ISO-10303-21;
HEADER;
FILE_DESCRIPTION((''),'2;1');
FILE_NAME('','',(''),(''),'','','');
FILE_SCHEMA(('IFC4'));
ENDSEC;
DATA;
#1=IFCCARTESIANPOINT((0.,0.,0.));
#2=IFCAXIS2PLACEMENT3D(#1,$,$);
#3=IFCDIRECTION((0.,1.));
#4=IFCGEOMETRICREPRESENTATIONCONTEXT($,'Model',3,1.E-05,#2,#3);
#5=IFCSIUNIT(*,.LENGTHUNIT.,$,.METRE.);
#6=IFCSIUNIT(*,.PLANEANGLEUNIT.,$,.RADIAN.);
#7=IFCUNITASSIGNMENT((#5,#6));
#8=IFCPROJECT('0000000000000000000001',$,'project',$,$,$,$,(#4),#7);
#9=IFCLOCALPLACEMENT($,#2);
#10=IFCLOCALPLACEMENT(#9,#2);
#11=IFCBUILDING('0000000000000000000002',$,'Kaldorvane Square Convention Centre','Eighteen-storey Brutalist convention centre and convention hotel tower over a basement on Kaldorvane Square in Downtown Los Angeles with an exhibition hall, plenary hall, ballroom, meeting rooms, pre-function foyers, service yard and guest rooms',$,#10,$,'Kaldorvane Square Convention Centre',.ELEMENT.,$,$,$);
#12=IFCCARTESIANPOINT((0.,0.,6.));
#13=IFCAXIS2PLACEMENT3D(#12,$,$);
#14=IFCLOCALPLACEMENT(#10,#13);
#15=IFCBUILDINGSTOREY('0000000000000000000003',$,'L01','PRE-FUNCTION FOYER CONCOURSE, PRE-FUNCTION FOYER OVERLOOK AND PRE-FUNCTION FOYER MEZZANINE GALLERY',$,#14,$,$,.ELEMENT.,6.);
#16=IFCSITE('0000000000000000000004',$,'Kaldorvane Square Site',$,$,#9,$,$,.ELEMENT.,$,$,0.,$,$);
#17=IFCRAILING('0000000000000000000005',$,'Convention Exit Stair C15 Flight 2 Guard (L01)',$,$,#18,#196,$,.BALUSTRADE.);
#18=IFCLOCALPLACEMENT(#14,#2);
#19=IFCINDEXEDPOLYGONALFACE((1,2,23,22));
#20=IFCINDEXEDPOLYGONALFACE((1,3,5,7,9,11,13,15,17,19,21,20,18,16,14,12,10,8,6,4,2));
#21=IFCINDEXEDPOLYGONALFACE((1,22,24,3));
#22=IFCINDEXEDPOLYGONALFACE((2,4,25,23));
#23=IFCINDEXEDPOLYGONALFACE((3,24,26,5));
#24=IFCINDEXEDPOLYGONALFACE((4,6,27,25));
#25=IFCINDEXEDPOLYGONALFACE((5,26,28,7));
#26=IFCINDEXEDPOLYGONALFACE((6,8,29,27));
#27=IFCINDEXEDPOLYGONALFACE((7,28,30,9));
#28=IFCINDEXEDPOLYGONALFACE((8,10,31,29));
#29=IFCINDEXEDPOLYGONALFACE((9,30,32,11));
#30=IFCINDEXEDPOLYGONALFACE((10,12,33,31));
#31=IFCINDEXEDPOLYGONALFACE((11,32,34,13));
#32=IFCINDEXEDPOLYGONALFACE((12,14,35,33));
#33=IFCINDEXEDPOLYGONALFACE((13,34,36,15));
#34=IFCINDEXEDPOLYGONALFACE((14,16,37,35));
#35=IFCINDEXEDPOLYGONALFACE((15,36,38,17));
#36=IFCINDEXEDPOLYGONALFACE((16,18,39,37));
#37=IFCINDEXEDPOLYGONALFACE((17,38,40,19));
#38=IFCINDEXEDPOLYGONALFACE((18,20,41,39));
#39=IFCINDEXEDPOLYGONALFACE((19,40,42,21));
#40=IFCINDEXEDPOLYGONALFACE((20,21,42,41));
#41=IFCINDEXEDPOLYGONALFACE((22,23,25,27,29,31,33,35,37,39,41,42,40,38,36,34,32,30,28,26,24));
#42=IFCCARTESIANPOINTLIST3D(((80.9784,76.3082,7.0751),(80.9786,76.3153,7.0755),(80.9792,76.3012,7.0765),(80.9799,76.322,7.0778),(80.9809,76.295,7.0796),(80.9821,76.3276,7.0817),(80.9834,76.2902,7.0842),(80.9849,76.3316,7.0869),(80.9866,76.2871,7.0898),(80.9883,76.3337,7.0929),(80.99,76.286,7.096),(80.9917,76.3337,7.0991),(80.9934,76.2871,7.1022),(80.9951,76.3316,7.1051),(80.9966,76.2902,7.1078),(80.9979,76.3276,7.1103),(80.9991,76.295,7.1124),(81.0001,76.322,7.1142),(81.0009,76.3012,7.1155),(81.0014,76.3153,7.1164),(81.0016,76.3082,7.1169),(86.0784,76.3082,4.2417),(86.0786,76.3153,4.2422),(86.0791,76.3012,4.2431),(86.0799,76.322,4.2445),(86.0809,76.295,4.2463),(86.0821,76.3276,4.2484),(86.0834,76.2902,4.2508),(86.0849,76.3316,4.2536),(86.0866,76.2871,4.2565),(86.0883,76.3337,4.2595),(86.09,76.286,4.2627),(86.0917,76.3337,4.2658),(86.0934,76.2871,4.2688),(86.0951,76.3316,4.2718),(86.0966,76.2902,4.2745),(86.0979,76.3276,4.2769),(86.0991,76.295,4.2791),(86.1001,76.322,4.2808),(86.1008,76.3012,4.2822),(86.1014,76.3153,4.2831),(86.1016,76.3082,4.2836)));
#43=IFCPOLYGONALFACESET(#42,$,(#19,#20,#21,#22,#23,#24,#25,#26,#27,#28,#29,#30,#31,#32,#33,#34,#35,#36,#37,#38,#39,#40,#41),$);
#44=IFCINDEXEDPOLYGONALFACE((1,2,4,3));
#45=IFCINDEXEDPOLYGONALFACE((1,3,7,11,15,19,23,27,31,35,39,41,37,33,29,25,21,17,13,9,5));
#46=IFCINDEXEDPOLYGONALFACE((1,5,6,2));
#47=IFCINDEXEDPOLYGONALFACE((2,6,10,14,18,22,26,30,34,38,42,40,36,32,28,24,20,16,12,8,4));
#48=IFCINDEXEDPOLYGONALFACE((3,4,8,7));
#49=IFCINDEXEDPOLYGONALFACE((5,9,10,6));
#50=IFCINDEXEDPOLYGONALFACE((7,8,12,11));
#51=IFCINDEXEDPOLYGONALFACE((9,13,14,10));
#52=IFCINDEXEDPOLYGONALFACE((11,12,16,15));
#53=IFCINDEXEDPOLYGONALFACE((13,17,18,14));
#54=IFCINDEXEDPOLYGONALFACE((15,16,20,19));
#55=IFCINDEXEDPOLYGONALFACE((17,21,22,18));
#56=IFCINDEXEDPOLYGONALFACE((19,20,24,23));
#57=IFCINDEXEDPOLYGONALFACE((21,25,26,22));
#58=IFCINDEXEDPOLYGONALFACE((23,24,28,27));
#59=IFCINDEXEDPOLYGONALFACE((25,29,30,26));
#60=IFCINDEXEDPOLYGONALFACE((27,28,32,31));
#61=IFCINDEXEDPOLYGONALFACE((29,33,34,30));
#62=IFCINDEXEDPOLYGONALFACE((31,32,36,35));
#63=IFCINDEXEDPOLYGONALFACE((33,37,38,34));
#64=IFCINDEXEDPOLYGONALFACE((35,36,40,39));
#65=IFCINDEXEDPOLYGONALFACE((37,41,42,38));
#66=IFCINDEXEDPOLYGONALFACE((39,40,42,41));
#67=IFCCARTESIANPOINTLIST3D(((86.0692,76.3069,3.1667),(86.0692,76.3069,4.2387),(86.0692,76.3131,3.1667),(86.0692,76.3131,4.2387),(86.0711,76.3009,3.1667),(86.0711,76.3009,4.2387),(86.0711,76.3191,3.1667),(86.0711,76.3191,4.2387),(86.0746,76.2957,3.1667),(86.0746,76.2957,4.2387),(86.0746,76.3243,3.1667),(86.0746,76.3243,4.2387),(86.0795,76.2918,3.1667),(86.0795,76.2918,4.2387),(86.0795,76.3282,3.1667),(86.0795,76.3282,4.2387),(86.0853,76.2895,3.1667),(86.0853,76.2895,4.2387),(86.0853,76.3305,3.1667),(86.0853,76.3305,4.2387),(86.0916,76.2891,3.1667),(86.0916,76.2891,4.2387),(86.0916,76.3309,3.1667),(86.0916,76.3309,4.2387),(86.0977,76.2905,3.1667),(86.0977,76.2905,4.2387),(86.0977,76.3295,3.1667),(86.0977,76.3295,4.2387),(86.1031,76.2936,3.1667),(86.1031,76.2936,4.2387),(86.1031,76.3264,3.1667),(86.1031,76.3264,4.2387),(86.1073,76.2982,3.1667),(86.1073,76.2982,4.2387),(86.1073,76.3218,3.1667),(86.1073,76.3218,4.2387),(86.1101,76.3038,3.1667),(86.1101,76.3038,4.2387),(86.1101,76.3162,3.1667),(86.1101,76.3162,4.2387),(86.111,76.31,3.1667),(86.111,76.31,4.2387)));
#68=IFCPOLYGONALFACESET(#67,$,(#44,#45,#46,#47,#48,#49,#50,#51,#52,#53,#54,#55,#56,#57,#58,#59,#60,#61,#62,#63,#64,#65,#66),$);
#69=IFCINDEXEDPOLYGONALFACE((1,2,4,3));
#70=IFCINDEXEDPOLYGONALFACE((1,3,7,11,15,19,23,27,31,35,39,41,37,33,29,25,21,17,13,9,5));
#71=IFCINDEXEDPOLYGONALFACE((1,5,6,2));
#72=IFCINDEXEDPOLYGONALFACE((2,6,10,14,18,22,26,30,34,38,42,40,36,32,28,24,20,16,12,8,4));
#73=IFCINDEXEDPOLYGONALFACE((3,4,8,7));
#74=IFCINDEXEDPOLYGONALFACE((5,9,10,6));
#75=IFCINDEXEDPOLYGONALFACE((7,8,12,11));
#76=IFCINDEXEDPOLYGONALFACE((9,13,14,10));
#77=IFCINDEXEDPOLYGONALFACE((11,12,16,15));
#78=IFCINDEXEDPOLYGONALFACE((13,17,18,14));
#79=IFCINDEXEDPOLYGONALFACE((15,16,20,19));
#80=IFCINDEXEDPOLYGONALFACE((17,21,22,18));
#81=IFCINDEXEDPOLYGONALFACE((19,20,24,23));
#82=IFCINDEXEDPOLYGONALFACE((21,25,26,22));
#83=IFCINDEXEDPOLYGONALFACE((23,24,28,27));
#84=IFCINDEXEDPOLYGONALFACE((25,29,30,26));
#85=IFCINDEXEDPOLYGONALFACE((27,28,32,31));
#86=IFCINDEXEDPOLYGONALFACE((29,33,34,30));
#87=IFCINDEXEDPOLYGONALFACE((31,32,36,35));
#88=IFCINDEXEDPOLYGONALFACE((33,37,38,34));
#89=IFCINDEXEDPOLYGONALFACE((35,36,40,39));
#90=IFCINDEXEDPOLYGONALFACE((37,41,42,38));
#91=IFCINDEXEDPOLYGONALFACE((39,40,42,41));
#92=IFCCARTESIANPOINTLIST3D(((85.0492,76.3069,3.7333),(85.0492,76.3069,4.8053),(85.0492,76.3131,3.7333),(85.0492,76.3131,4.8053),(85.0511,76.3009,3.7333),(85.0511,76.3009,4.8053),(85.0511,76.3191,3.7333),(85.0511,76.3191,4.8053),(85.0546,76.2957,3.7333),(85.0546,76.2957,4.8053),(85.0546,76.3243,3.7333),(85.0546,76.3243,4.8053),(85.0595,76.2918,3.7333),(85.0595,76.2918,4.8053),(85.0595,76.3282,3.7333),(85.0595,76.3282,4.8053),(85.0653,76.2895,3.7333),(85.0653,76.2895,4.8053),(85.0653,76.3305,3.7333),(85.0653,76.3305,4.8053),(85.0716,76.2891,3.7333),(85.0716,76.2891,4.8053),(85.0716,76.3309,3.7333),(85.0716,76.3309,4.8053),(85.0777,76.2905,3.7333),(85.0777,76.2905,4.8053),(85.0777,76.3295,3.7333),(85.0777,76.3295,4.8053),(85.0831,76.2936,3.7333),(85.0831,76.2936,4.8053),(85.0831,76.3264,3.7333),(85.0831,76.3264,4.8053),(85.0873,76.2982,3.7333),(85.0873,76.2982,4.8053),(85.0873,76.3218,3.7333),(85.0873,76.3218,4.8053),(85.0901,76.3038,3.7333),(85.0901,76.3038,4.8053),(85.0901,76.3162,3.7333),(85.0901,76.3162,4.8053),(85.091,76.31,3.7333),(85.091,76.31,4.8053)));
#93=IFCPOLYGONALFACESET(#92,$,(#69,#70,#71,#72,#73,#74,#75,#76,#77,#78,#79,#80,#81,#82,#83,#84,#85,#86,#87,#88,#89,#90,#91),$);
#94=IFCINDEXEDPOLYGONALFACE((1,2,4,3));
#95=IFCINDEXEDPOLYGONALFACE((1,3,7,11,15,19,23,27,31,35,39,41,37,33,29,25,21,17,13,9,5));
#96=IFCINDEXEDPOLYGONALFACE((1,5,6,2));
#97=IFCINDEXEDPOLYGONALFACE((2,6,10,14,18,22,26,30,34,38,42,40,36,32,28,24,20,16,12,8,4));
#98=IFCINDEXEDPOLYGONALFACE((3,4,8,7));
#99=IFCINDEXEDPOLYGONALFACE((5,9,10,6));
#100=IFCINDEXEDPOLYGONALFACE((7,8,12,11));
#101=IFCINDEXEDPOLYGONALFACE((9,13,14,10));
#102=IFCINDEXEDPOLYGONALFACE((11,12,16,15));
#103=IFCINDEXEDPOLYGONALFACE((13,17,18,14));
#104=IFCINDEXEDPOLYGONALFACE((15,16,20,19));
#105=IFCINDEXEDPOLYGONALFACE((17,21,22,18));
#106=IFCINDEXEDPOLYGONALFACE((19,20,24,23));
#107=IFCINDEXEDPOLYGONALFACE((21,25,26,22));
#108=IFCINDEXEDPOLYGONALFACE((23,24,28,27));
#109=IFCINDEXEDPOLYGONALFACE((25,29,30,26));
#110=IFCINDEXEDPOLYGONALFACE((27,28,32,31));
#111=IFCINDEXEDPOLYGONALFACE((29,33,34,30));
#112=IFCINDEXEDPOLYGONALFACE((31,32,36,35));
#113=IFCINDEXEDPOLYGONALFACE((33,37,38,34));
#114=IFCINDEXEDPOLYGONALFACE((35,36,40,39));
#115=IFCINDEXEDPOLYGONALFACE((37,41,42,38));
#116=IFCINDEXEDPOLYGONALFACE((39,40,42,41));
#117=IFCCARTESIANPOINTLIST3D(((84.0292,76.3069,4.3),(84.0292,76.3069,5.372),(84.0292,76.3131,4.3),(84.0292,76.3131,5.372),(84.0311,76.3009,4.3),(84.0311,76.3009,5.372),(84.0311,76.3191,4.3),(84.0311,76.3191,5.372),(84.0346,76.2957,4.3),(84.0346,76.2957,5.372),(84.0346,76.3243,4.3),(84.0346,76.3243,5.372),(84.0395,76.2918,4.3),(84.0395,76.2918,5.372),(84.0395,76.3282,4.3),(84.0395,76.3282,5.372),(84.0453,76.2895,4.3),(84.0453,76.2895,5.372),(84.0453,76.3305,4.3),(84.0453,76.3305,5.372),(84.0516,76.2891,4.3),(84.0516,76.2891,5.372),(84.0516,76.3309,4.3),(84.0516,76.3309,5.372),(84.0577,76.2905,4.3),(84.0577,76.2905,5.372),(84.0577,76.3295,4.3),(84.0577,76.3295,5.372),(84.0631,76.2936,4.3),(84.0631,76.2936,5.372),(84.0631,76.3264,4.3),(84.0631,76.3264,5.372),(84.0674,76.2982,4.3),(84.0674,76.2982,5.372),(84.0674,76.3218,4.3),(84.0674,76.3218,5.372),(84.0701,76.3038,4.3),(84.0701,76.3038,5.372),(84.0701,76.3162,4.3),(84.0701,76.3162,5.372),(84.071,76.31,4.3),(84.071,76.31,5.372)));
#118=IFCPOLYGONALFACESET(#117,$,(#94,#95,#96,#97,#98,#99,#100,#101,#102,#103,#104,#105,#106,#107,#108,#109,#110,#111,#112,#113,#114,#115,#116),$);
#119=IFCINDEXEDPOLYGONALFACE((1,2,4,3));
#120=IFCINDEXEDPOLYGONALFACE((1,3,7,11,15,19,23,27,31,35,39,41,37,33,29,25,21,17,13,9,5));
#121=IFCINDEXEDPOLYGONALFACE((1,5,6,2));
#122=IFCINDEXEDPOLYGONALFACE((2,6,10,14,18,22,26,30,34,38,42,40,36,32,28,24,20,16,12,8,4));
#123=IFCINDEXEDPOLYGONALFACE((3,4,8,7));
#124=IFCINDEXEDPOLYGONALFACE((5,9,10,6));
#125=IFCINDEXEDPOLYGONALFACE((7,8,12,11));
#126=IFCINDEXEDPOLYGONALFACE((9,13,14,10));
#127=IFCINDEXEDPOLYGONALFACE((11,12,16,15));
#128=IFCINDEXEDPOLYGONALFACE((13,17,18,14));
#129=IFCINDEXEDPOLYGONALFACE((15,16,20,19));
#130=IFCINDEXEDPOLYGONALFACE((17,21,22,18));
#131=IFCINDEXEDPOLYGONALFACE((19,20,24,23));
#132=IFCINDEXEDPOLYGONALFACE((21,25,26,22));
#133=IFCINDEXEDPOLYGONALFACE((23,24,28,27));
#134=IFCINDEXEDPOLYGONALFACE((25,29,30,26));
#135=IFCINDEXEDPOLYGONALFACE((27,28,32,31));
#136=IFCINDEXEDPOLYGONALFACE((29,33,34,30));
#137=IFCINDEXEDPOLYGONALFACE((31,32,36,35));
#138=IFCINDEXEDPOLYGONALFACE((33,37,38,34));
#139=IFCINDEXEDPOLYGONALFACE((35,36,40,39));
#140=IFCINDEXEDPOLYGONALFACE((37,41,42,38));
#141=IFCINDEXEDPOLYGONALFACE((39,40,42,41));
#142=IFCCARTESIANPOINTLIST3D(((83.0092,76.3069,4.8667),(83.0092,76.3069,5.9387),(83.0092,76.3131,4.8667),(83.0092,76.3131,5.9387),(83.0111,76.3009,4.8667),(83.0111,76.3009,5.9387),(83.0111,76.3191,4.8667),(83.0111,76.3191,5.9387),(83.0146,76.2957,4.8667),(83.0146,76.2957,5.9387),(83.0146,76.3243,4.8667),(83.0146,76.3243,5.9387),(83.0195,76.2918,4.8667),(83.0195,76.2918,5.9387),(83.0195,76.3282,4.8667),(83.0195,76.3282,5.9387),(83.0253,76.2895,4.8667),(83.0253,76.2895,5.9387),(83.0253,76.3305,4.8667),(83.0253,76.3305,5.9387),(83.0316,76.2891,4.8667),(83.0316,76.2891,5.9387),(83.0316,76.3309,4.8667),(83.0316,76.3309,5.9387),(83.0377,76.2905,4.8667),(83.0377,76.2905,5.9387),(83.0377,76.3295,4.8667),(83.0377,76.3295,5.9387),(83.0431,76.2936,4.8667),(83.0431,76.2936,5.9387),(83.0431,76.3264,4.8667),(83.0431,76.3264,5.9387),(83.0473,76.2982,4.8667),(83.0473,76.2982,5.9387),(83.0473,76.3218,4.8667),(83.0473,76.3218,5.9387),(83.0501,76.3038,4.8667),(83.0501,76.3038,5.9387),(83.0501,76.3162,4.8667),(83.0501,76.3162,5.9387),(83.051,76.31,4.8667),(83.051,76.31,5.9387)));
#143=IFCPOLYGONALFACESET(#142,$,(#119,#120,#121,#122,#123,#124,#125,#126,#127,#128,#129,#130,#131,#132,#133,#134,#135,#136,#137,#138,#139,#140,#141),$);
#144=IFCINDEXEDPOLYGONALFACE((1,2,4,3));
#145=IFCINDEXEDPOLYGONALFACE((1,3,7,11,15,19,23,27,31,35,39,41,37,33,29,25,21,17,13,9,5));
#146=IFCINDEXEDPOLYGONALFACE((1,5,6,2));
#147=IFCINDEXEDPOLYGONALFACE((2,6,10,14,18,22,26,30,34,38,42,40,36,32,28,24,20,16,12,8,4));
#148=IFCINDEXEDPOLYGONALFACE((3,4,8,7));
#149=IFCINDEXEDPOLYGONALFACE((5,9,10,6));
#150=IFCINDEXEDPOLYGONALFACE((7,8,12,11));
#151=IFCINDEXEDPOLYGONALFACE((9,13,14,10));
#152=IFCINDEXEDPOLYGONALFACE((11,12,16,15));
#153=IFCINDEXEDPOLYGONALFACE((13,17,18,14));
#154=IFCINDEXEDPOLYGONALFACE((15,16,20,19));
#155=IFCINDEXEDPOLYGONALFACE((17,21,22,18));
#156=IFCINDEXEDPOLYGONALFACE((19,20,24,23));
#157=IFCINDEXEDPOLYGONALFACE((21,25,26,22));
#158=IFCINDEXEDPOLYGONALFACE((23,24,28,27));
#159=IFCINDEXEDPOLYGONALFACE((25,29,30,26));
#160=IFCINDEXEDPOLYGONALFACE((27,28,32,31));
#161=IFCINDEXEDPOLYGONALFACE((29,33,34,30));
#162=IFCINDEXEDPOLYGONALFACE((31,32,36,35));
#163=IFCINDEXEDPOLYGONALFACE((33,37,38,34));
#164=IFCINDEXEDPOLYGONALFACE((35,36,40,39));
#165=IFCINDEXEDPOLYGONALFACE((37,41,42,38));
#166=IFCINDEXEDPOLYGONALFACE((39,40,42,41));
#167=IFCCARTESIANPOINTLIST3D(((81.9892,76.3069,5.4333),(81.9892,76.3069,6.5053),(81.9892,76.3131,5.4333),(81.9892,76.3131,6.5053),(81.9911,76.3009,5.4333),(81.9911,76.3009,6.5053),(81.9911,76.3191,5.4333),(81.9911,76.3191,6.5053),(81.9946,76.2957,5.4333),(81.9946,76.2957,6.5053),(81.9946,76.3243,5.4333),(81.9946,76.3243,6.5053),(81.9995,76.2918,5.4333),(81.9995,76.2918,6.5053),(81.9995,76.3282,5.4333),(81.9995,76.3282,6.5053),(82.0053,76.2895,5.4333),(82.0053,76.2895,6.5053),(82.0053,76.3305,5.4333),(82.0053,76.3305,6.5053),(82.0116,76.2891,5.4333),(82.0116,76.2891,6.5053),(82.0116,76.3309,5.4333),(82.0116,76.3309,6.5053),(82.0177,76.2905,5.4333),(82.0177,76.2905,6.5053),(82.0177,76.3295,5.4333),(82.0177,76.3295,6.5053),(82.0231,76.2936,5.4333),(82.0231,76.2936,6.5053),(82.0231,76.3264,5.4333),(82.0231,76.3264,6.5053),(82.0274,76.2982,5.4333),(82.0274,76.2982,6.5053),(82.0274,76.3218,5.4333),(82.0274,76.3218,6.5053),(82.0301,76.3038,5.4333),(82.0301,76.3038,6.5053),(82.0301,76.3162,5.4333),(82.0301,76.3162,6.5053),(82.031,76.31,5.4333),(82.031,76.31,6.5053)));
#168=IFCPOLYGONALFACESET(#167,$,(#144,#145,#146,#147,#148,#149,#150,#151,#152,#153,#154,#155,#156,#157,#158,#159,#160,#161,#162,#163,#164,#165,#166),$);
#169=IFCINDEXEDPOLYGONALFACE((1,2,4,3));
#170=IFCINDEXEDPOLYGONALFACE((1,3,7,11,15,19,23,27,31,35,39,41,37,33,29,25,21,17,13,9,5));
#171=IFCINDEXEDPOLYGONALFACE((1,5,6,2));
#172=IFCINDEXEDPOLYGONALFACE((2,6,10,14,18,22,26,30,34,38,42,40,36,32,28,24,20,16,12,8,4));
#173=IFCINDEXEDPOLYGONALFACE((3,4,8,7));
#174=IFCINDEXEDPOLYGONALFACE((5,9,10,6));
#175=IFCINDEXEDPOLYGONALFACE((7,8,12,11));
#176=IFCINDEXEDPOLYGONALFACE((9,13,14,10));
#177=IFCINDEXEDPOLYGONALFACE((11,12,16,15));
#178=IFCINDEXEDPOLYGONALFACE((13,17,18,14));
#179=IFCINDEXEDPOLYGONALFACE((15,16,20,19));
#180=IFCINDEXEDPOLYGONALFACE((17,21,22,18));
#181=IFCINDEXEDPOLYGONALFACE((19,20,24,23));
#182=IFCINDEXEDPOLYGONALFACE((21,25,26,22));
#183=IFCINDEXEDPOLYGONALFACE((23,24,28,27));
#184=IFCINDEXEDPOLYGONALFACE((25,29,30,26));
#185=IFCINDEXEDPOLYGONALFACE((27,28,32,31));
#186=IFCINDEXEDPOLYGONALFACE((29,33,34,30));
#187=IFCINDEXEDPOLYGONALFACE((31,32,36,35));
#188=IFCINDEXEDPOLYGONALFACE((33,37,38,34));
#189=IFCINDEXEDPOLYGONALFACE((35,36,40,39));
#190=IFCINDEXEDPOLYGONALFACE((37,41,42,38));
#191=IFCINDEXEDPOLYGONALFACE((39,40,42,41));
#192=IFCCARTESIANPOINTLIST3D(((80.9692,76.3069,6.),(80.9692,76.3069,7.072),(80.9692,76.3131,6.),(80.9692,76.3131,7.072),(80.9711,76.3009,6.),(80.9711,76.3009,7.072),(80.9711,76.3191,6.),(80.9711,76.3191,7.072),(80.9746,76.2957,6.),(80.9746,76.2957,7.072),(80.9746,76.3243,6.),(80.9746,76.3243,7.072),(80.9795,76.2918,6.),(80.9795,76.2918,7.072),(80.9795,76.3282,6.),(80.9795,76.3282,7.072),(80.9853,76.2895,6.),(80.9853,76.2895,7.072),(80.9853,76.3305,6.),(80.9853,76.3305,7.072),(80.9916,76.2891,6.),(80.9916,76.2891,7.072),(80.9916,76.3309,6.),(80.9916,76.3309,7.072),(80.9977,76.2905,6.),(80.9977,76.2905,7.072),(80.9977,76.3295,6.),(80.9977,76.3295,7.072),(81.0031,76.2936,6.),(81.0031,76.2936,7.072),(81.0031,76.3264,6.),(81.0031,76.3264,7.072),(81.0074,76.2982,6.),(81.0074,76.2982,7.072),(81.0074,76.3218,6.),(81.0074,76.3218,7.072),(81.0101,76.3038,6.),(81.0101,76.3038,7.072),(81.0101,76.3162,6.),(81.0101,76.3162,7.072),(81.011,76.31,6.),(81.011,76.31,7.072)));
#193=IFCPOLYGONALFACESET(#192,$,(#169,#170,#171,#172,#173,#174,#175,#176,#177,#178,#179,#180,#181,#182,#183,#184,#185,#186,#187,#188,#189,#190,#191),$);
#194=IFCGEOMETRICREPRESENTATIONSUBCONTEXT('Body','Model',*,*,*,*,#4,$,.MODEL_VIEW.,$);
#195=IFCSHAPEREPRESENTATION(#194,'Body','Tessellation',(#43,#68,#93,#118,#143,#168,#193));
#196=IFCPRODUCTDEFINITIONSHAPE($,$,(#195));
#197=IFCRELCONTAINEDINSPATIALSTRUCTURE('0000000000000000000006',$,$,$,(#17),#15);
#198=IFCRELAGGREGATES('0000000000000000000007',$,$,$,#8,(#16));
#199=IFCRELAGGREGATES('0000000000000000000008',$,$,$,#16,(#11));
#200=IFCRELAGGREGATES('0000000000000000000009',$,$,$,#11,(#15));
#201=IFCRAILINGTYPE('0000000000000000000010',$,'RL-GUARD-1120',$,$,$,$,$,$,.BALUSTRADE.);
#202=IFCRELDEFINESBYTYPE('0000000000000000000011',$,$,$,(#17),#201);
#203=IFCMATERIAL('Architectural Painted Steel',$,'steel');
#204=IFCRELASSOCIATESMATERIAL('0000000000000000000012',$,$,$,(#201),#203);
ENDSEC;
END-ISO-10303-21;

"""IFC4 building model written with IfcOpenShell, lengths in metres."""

from ifc_helpers import new_model, si_unit, direction, frame, origin, origin_2d, place, context, subcontext, project, spatial, circle, extrude, material, type_object, element, save


model = new_model("IFC4")

# Units and contexts
model_context = context("Model", 3, precision=1e-05, world=origin(), true_north=direction((0.0, 1.0)))
body_context = subcontext(model_context, "Body", "Model", "MODEL_VIEW")
ifc_project = project(units=[si_unit("LENGTHUNIT", "METRE"), si_unit("PLANEANGLEUNIT", "RADIAN")], contexts=[model_context])

# Site, building, storey
site_placement = place(None, origin())
site = spatial("IfcSite", under=ifc_project, at=site_placement, Name="Kaldorvane Square Site", CompositionType="ELEMENT", RefElevation=0.0)
building_placement = place(site_placement, origin())
building = spatial("IfcBuilding", under=site, at=building_placement, Name="Kaldorvane Square Convention Centre", Description="Eighteen-storey Brutalist convention centre and convention hotel tower over a basement on Kaldorvane Square in Downtown Los Angeles with an exhibition hall, plenary hall, ballroom, meeting rooms, pre-function foyers, service yard and guest rooms", LongName="Kaldorvane Square Convention Centre", CompositionType="ELEMENT")
storey_placement = place(building_placement, frame((0.0, 0.0, 6.0)))
storey = spatial("IfcBuildingStorey", under=building, at=storey_placement, Name="L01", Description="PRE-FUNCTION FOYER CONCOURSE, PRE-FUNCTION FOYER OVERLOOK AND PRE-FUNCTION FOYER MEZZANINE GALLERY", CompositionType="ELEMENT", Elevation=6.0)

# Railing
ifc_material_1 = material(Name="Architectural Painted Steel", Category="steel")
railing_type_1 = type_object("IfcRailingType", Name="RL-GUARD-1120", PredefinedType="BALUSTRADE", material=ifc_material_1)
railing_1_placement = place(storey_placement, frame((86.09, 76.31, 3.1667)))
element("IfcRailing", 1, at=railing_1_placement, inside=storey, type_object=railing_type_1, Name="Convention Exit Stair C15 Flight 2 Guard (L01)", PredefinedType="BALUSTRADE", context=body_context, shape_type="SweptSolid", body=[
    extrude(circle(Radius=0.024, at=origin_2d()), frame((0.0, 0.0, 1.096), z_axis=(-0.874157, 0.0, 0.485643), x_axis=(0.0, -1.0, 0.0)), (0.0, 0.0, 1.0), 5.8342),
    extrude(circle(Radius=0.021, at=origin_2d()), origin(), (0.0, 0.0, 1.0), 1.072),
    extrude(circle(Radius=0.021, at=origin_2d()), frame((-1.02, 0.0, 0.5667)), (0.0, 0.0, 1.0), 1.072),
    extrude(circle(Radius=0.021, at=origin_2d()), frame((-2.04, 0.0, 1.1333)), (0.0, 0.0, 1.0), 1.072),
    extrude(circle(Radius=0.021, at=origin_2d()), frame((-3.06, 0.0, 1.7)), (0.0, 0.0, 1.0), 1.072),
    extrude(circle(Radius=0.021, at=origin_2d()), frame((-4.08, 0.0, 2.2667)), (0.0, 0.0, 1.0), 1.072),
    extrude(circle(Radius=0.021, at=origin_2d()), frame((-5.1, 0.0, 2.8333)), (0.0, 0.0, 1.0), 1.072),
])

save(model, "model.ifc")
